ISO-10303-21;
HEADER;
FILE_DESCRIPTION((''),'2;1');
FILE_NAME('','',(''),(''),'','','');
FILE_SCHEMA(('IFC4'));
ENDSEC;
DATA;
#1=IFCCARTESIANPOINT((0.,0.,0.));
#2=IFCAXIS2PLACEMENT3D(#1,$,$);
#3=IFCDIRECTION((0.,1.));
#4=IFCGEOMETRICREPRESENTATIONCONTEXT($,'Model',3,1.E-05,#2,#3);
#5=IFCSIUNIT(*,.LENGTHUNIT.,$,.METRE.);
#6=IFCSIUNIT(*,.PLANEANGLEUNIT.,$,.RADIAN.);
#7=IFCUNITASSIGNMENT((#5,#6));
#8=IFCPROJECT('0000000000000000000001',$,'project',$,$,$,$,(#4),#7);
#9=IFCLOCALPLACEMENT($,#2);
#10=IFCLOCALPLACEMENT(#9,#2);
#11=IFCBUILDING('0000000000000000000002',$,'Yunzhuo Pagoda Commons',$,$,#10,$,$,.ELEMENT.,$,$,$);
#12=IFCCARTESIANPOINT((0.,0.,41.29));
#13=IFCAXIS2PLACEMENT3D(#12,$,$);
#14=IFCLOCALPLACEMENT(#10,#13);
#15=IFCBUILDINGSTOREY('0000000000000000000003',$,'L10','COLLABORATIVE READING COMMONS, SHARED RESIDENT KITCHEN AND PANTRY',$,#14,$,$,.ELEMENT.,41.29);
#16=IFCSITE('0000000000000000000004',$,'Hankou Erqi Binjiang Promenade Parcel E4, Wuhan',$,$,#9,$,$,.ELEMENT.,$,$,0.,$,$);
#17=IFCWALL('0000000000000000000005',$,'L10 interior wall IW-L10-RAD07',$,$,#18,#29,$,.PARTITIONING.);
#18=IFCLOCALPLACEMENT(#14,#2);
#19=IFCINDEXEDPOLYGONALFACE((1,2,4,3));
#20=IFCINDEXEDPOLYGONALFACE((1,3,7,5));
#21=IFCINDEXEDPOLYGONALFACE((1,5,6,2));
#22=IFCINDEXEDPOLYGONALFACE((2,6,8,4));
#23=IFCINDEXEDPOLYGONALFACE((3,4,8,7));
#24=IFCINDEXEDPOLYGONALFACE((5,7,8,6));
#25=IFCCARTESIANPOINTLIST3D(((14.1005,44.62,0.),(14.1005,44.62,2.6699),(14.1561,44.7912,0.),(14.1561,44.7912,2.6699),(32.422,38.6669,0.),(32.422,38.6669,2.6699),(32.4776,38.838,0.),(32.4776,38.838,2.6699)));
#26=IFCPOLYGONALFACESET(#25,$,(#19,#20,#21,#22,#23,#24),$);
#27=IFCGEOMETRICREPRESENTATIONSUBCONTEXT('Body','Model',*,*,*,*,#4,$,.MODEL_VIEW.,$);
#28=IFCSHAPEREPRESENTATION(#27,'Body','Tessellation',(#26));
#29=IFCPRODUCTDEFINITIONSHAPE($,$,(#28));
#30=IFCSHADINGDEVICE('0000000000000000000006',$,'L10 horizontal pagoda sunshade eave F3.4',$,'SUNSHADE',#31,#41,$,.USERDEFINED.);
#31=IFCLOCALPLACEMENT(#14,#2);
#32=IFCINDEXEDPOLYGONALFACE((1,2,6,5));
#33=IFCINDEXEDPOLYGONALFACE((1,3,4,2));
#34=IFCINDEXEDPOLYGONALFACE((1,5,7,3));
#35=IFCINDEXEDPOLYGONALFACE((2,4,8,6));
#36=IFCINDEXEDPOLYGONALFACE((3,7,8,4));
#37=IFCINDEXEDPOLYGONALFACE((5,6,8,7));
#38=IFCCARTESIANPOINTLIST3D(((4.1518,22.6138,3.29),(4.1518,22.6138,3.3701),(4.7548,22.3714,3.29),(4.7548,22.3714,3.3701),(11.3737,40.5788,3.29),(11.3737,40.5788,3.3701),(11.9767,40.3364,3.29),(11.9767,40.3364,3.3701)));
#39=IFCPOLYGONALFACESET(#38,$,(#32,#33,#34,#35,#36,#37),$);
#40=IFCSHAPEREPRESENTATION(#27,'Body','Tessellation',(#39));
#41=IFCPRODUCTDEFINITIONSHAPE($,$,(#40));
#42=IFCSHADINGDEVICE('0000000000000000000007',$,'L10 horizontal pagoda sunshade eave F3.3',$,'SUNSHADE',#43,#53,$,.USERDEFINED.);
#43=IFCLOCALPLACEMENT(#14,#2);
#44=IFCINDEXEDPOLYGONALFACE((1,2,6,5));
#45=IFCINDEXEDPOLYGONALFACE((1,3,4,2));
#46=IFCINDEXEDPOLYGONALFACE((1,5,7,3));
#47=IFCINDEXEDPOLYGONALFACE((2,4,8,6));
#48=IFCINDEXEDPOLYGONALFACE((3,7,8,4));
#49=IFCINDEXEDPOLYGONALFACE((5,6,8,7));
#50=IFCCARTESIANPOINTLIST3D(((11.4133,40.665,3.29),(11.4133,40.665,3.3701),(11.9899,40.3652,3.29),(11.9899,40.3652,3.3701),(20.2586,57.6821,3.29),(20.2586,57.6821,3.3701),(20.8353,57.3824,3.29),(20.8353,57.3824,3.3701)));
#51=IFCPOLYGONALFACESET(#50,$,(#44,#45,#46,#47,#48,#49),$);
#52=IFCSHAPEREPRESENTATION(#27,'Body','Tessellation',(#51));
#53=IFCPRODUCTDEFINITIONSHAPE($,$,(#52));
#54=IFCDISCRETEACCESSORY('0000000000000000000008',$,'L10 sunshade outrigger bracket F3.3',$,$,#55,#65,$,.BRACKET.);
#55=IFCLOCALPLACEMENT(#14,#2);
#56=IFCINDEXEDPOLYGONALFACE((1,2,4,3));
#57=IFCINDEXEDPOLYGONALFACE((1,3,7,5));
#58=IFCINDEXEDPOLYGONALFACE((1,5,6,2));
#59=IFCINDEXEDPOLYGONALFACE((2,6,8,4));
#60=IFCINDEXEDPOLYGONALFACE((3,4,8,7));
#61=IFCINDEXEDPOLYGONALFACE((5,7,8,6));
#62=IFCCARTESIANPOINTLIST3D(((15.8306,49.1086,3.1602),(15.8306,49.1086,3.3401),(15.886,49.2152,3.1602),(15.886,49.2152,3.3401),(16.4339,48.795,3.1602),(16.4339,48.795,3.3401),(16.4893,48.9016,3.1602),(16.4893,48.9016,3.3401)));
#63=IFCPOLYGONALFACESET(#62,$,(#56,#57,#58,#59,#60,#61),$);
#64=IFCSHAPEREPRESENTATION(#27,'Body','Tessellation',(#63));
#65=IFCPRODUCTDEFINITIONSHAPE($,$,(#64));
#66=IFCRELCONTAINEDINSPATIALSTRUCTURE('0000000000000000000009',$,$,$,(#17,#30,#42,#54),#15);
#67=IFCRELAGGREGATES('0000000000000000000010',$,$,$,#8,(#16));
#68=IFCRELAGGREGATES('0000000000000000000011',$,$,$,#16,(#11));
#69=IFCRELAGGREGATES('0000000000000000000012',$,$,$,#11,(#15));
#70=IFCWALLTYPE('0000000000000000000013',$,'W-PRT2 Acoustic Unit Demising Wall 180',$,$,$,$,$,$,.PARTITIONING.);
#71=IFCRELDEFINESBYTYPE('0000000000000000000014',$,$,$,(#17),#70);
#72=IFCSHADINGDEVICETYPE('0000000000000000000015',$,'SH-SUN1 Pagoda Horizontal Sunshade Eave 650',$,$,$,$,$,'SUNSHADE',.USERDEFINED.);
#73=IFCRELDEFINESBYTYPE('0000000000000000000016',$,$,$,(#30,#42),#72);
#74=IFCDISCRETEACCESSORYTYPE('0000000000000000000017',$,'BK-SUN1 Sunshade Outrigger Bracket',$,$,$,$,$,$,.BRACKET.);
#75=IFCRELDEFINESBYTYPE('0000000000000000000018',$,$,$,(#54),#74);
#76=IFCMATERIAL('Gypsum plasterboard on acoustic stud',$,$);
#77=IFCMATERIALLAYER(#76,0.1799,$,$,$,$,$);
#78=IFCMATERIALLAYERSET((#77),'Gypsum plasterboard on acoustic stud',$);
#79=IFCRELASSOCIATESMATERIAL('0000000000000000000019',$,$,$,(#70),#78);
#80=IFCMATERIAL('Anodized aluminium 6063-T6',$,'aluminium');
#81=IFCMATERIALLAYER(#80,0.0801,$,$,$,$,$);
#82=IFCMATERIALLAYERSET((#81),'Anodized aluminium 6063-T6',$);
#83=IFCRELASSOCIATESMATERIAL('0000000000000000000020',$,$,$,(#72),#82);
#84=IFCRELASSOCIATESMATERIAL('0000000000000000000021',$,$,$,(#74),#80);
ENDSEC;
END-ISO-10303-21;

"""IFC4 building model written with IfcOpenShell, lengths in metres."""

from ifc_helpers import new_model, si_unit, direction, frame, frame_2d, origin, origin_2d, place, context, subcontext, project, spatial, rectangle, extrude, source, transform, mapped, material, layer, layer_set, type_object, element, save


model = new_model("IFC4")

# Units and contexts
model_context = context("Model", 3, precision=1e-05, world=origin(), true_north=direction((0.0, 1.0)))
body_context = subcontext(model_context, "Body", "Model", "MODEL_VIEW")
ifc_project = project(units=[si_unit("LENGTHUNIT", "METRE"), si_unit("PLANEANGLEUNIT", "RADIAN")], contexts=[model_context])

# Site, building, storey
site_placement = place(None, origin())
site = spatial("IfcSite", under=ifc_project, at=site_placement, Name="Hankou Erqi Binjiang Promenade Parcel E4, Wuhan", CompositionType="ELEMENT", RefElevation=0.0)
building_placement = place(site_placement, origin())
building = spatial("IfcBuilding", under=site, at=building_placement, Name="Yunzhuo Pagoda Commons", CompositionType="ELEMENT")
storey_placement = place(building_placement, frame((0.0, 0.0, 41.29)))
storey = spatial("IfcBuildingStorey", under=building, at=storey_placement, Name="L10", Description="COLLABORATIVE READING COMMONS, SHARED RESIDENT KITCHEN AND PANTRY", CompositionType="ELEMENT", Elevation=41.29)

# Shared definitions
ifc_material_1 = material(Name="Anodized aluminium 6063-T6", Category="aluminium")

# Shared definitions
ifc_material_2 = material(Name="Gypsum plasterboard on acoustic stud")

# Wall
ifc_layer_1 = layer(ifc_material_2, 0.1799)
ifc_layer_set_1 = layer_set([ifc_layer_1], Name="Gypsum plasterboard on acoustic stud")
wall_type_1 = type_object("IfcWallType", Name="W-PRT2 Acoustic Unit Demising Wall 180", PredefinedType="PARTITIONING", material=ifc_layer_set_1)
wall_1_placement = place(storey_placement, frame((32.45, 38.7524, 0.0), z_axis=(0.0, 0.0, 1.0), x_axis=(-0.951055, 0.309022, 0.0)))
element("IfcWall", 1, at=wall_1_placement, inside=storey, type_object=wall_type_1, Name="L10 interior wall IW-L10-RAD07", PredefinedType="PARTITIONING", context=body_context, shape_type="SweptSolid", body=[
    extrude(rectangle(XDim=19.2644, YDim=0.1799, at=frame_2d((9.6323, 0.0))), origin(), (0.0, 0.0, 1.0), 2.6699),
])

# Shading devices
ifc_layer_2 = layer(ifc_material_1, 0.0801)
ifc_layer_set_2 = layer_set([ifc_layer_2], Name="Anodized aluminium 6063-T6")
shading_device_type = type_object("IfcShadingDeviceType", Name="SH-SUN1 Pagoda Horizontal Sunshade Eave 650", ElementType="SUNSHADE", PredefinedType="USERDEFINED", material=ifc_layer_set_2)
shared_shape_1 = source(origin(), body_context, "Body", "SweptSolid", [
    extrude(rectangle(XDim=19.3623, YDim=0.6499, at=origin_2d()), origin(), (0.0, 0.0, 1.0), 0.0801),
])
shading_device_1_placement = place(storey_placement, frame((8.0642, 31.4751, 3.29), z_axis=(0.0, 0.0, 1.0), x_axis=(-0.372988, -0.927836, 0.0)))
element("IfcShadingDevice", 2, at=shading_device_1_placement, inside=storey, type_object=shading_device_type, Name="L10 horizontal pagoda sunshade eave F3.4", ObjectType="SUNSHADE", PredefinedType="USERDEFINED", context=body_context, shape_type="MappedRepresentation", body=[
    mapped(shared_shape_1, transform((0.0, 0.0, 0.0), scale=1.0)),
])
shared_shape_2 = source(origin(), body_context, "Body", "SweptSolid", [
    extrude(rectangle(XDim=19.1787, YDim=0.6499, at=origin_2d()), origin(), (0.0, 0.0, 1.0), 0.0801),
])
shading_device_2_placement = place(storey_placement, frame((16.1243, 49.0237, 3.29), z_axis=(0.0, 0.0, 1.0), x_axis=(-0.461207, -0.887293, 0.0)))
element("IfcShadingDevice", 3, at=shading_device_2_placement, inside=storey, type_object=shading_device_type, Name="L10 horizontal pagoda sunshade eave F3.3", ObjectType="SUNSHADE", PredefinedType="USERDEFINED", context=body_context, shape_type="MappedRepresentation", body=[
    mapped(shared_shape_2, transform((0.0, 0.0, 0.0), scale=1.0)),
])

# Discrete accessory
discrete_accessory_type = type_object("IfcDiscreteAccessoryType", Name="BK-SUN1 Sunshade Outrigger Bracket", PredefinedType="BRACKET", material=ifc_material_1)
shared_shape_3 = source(origin(), body_context, "Body", "SweptSolid", [
    extrude(rectangle(XDim=0.1201, YDim=0.6799, at=origin_2d()), origin(), (0.0, 0.0, 1.0), 0.1799),
])
discrete_accessory_placement = place(storey_placement, frame((16.1599, 49.0051, 3.1602), z_axis=(0.0, 0.0, 1.0), x_axis=(-0.461207, -0.887293, 0.0)))
element("IfcDiscreteAccessory", 4, at=discrete_accessory_placement, inside=storey, type_object=discrete_accessory_type, Name="L10 sunshade outrigger bracket F3.3", PredefinedType="BRACKET", context=body_context, shape_type="MappedRepresentation", body=[
    mapped(shared_shape_3, transform((0.0, 0.0, 0.0), scale=1.0)),
])

save(model, "model.ifc")
